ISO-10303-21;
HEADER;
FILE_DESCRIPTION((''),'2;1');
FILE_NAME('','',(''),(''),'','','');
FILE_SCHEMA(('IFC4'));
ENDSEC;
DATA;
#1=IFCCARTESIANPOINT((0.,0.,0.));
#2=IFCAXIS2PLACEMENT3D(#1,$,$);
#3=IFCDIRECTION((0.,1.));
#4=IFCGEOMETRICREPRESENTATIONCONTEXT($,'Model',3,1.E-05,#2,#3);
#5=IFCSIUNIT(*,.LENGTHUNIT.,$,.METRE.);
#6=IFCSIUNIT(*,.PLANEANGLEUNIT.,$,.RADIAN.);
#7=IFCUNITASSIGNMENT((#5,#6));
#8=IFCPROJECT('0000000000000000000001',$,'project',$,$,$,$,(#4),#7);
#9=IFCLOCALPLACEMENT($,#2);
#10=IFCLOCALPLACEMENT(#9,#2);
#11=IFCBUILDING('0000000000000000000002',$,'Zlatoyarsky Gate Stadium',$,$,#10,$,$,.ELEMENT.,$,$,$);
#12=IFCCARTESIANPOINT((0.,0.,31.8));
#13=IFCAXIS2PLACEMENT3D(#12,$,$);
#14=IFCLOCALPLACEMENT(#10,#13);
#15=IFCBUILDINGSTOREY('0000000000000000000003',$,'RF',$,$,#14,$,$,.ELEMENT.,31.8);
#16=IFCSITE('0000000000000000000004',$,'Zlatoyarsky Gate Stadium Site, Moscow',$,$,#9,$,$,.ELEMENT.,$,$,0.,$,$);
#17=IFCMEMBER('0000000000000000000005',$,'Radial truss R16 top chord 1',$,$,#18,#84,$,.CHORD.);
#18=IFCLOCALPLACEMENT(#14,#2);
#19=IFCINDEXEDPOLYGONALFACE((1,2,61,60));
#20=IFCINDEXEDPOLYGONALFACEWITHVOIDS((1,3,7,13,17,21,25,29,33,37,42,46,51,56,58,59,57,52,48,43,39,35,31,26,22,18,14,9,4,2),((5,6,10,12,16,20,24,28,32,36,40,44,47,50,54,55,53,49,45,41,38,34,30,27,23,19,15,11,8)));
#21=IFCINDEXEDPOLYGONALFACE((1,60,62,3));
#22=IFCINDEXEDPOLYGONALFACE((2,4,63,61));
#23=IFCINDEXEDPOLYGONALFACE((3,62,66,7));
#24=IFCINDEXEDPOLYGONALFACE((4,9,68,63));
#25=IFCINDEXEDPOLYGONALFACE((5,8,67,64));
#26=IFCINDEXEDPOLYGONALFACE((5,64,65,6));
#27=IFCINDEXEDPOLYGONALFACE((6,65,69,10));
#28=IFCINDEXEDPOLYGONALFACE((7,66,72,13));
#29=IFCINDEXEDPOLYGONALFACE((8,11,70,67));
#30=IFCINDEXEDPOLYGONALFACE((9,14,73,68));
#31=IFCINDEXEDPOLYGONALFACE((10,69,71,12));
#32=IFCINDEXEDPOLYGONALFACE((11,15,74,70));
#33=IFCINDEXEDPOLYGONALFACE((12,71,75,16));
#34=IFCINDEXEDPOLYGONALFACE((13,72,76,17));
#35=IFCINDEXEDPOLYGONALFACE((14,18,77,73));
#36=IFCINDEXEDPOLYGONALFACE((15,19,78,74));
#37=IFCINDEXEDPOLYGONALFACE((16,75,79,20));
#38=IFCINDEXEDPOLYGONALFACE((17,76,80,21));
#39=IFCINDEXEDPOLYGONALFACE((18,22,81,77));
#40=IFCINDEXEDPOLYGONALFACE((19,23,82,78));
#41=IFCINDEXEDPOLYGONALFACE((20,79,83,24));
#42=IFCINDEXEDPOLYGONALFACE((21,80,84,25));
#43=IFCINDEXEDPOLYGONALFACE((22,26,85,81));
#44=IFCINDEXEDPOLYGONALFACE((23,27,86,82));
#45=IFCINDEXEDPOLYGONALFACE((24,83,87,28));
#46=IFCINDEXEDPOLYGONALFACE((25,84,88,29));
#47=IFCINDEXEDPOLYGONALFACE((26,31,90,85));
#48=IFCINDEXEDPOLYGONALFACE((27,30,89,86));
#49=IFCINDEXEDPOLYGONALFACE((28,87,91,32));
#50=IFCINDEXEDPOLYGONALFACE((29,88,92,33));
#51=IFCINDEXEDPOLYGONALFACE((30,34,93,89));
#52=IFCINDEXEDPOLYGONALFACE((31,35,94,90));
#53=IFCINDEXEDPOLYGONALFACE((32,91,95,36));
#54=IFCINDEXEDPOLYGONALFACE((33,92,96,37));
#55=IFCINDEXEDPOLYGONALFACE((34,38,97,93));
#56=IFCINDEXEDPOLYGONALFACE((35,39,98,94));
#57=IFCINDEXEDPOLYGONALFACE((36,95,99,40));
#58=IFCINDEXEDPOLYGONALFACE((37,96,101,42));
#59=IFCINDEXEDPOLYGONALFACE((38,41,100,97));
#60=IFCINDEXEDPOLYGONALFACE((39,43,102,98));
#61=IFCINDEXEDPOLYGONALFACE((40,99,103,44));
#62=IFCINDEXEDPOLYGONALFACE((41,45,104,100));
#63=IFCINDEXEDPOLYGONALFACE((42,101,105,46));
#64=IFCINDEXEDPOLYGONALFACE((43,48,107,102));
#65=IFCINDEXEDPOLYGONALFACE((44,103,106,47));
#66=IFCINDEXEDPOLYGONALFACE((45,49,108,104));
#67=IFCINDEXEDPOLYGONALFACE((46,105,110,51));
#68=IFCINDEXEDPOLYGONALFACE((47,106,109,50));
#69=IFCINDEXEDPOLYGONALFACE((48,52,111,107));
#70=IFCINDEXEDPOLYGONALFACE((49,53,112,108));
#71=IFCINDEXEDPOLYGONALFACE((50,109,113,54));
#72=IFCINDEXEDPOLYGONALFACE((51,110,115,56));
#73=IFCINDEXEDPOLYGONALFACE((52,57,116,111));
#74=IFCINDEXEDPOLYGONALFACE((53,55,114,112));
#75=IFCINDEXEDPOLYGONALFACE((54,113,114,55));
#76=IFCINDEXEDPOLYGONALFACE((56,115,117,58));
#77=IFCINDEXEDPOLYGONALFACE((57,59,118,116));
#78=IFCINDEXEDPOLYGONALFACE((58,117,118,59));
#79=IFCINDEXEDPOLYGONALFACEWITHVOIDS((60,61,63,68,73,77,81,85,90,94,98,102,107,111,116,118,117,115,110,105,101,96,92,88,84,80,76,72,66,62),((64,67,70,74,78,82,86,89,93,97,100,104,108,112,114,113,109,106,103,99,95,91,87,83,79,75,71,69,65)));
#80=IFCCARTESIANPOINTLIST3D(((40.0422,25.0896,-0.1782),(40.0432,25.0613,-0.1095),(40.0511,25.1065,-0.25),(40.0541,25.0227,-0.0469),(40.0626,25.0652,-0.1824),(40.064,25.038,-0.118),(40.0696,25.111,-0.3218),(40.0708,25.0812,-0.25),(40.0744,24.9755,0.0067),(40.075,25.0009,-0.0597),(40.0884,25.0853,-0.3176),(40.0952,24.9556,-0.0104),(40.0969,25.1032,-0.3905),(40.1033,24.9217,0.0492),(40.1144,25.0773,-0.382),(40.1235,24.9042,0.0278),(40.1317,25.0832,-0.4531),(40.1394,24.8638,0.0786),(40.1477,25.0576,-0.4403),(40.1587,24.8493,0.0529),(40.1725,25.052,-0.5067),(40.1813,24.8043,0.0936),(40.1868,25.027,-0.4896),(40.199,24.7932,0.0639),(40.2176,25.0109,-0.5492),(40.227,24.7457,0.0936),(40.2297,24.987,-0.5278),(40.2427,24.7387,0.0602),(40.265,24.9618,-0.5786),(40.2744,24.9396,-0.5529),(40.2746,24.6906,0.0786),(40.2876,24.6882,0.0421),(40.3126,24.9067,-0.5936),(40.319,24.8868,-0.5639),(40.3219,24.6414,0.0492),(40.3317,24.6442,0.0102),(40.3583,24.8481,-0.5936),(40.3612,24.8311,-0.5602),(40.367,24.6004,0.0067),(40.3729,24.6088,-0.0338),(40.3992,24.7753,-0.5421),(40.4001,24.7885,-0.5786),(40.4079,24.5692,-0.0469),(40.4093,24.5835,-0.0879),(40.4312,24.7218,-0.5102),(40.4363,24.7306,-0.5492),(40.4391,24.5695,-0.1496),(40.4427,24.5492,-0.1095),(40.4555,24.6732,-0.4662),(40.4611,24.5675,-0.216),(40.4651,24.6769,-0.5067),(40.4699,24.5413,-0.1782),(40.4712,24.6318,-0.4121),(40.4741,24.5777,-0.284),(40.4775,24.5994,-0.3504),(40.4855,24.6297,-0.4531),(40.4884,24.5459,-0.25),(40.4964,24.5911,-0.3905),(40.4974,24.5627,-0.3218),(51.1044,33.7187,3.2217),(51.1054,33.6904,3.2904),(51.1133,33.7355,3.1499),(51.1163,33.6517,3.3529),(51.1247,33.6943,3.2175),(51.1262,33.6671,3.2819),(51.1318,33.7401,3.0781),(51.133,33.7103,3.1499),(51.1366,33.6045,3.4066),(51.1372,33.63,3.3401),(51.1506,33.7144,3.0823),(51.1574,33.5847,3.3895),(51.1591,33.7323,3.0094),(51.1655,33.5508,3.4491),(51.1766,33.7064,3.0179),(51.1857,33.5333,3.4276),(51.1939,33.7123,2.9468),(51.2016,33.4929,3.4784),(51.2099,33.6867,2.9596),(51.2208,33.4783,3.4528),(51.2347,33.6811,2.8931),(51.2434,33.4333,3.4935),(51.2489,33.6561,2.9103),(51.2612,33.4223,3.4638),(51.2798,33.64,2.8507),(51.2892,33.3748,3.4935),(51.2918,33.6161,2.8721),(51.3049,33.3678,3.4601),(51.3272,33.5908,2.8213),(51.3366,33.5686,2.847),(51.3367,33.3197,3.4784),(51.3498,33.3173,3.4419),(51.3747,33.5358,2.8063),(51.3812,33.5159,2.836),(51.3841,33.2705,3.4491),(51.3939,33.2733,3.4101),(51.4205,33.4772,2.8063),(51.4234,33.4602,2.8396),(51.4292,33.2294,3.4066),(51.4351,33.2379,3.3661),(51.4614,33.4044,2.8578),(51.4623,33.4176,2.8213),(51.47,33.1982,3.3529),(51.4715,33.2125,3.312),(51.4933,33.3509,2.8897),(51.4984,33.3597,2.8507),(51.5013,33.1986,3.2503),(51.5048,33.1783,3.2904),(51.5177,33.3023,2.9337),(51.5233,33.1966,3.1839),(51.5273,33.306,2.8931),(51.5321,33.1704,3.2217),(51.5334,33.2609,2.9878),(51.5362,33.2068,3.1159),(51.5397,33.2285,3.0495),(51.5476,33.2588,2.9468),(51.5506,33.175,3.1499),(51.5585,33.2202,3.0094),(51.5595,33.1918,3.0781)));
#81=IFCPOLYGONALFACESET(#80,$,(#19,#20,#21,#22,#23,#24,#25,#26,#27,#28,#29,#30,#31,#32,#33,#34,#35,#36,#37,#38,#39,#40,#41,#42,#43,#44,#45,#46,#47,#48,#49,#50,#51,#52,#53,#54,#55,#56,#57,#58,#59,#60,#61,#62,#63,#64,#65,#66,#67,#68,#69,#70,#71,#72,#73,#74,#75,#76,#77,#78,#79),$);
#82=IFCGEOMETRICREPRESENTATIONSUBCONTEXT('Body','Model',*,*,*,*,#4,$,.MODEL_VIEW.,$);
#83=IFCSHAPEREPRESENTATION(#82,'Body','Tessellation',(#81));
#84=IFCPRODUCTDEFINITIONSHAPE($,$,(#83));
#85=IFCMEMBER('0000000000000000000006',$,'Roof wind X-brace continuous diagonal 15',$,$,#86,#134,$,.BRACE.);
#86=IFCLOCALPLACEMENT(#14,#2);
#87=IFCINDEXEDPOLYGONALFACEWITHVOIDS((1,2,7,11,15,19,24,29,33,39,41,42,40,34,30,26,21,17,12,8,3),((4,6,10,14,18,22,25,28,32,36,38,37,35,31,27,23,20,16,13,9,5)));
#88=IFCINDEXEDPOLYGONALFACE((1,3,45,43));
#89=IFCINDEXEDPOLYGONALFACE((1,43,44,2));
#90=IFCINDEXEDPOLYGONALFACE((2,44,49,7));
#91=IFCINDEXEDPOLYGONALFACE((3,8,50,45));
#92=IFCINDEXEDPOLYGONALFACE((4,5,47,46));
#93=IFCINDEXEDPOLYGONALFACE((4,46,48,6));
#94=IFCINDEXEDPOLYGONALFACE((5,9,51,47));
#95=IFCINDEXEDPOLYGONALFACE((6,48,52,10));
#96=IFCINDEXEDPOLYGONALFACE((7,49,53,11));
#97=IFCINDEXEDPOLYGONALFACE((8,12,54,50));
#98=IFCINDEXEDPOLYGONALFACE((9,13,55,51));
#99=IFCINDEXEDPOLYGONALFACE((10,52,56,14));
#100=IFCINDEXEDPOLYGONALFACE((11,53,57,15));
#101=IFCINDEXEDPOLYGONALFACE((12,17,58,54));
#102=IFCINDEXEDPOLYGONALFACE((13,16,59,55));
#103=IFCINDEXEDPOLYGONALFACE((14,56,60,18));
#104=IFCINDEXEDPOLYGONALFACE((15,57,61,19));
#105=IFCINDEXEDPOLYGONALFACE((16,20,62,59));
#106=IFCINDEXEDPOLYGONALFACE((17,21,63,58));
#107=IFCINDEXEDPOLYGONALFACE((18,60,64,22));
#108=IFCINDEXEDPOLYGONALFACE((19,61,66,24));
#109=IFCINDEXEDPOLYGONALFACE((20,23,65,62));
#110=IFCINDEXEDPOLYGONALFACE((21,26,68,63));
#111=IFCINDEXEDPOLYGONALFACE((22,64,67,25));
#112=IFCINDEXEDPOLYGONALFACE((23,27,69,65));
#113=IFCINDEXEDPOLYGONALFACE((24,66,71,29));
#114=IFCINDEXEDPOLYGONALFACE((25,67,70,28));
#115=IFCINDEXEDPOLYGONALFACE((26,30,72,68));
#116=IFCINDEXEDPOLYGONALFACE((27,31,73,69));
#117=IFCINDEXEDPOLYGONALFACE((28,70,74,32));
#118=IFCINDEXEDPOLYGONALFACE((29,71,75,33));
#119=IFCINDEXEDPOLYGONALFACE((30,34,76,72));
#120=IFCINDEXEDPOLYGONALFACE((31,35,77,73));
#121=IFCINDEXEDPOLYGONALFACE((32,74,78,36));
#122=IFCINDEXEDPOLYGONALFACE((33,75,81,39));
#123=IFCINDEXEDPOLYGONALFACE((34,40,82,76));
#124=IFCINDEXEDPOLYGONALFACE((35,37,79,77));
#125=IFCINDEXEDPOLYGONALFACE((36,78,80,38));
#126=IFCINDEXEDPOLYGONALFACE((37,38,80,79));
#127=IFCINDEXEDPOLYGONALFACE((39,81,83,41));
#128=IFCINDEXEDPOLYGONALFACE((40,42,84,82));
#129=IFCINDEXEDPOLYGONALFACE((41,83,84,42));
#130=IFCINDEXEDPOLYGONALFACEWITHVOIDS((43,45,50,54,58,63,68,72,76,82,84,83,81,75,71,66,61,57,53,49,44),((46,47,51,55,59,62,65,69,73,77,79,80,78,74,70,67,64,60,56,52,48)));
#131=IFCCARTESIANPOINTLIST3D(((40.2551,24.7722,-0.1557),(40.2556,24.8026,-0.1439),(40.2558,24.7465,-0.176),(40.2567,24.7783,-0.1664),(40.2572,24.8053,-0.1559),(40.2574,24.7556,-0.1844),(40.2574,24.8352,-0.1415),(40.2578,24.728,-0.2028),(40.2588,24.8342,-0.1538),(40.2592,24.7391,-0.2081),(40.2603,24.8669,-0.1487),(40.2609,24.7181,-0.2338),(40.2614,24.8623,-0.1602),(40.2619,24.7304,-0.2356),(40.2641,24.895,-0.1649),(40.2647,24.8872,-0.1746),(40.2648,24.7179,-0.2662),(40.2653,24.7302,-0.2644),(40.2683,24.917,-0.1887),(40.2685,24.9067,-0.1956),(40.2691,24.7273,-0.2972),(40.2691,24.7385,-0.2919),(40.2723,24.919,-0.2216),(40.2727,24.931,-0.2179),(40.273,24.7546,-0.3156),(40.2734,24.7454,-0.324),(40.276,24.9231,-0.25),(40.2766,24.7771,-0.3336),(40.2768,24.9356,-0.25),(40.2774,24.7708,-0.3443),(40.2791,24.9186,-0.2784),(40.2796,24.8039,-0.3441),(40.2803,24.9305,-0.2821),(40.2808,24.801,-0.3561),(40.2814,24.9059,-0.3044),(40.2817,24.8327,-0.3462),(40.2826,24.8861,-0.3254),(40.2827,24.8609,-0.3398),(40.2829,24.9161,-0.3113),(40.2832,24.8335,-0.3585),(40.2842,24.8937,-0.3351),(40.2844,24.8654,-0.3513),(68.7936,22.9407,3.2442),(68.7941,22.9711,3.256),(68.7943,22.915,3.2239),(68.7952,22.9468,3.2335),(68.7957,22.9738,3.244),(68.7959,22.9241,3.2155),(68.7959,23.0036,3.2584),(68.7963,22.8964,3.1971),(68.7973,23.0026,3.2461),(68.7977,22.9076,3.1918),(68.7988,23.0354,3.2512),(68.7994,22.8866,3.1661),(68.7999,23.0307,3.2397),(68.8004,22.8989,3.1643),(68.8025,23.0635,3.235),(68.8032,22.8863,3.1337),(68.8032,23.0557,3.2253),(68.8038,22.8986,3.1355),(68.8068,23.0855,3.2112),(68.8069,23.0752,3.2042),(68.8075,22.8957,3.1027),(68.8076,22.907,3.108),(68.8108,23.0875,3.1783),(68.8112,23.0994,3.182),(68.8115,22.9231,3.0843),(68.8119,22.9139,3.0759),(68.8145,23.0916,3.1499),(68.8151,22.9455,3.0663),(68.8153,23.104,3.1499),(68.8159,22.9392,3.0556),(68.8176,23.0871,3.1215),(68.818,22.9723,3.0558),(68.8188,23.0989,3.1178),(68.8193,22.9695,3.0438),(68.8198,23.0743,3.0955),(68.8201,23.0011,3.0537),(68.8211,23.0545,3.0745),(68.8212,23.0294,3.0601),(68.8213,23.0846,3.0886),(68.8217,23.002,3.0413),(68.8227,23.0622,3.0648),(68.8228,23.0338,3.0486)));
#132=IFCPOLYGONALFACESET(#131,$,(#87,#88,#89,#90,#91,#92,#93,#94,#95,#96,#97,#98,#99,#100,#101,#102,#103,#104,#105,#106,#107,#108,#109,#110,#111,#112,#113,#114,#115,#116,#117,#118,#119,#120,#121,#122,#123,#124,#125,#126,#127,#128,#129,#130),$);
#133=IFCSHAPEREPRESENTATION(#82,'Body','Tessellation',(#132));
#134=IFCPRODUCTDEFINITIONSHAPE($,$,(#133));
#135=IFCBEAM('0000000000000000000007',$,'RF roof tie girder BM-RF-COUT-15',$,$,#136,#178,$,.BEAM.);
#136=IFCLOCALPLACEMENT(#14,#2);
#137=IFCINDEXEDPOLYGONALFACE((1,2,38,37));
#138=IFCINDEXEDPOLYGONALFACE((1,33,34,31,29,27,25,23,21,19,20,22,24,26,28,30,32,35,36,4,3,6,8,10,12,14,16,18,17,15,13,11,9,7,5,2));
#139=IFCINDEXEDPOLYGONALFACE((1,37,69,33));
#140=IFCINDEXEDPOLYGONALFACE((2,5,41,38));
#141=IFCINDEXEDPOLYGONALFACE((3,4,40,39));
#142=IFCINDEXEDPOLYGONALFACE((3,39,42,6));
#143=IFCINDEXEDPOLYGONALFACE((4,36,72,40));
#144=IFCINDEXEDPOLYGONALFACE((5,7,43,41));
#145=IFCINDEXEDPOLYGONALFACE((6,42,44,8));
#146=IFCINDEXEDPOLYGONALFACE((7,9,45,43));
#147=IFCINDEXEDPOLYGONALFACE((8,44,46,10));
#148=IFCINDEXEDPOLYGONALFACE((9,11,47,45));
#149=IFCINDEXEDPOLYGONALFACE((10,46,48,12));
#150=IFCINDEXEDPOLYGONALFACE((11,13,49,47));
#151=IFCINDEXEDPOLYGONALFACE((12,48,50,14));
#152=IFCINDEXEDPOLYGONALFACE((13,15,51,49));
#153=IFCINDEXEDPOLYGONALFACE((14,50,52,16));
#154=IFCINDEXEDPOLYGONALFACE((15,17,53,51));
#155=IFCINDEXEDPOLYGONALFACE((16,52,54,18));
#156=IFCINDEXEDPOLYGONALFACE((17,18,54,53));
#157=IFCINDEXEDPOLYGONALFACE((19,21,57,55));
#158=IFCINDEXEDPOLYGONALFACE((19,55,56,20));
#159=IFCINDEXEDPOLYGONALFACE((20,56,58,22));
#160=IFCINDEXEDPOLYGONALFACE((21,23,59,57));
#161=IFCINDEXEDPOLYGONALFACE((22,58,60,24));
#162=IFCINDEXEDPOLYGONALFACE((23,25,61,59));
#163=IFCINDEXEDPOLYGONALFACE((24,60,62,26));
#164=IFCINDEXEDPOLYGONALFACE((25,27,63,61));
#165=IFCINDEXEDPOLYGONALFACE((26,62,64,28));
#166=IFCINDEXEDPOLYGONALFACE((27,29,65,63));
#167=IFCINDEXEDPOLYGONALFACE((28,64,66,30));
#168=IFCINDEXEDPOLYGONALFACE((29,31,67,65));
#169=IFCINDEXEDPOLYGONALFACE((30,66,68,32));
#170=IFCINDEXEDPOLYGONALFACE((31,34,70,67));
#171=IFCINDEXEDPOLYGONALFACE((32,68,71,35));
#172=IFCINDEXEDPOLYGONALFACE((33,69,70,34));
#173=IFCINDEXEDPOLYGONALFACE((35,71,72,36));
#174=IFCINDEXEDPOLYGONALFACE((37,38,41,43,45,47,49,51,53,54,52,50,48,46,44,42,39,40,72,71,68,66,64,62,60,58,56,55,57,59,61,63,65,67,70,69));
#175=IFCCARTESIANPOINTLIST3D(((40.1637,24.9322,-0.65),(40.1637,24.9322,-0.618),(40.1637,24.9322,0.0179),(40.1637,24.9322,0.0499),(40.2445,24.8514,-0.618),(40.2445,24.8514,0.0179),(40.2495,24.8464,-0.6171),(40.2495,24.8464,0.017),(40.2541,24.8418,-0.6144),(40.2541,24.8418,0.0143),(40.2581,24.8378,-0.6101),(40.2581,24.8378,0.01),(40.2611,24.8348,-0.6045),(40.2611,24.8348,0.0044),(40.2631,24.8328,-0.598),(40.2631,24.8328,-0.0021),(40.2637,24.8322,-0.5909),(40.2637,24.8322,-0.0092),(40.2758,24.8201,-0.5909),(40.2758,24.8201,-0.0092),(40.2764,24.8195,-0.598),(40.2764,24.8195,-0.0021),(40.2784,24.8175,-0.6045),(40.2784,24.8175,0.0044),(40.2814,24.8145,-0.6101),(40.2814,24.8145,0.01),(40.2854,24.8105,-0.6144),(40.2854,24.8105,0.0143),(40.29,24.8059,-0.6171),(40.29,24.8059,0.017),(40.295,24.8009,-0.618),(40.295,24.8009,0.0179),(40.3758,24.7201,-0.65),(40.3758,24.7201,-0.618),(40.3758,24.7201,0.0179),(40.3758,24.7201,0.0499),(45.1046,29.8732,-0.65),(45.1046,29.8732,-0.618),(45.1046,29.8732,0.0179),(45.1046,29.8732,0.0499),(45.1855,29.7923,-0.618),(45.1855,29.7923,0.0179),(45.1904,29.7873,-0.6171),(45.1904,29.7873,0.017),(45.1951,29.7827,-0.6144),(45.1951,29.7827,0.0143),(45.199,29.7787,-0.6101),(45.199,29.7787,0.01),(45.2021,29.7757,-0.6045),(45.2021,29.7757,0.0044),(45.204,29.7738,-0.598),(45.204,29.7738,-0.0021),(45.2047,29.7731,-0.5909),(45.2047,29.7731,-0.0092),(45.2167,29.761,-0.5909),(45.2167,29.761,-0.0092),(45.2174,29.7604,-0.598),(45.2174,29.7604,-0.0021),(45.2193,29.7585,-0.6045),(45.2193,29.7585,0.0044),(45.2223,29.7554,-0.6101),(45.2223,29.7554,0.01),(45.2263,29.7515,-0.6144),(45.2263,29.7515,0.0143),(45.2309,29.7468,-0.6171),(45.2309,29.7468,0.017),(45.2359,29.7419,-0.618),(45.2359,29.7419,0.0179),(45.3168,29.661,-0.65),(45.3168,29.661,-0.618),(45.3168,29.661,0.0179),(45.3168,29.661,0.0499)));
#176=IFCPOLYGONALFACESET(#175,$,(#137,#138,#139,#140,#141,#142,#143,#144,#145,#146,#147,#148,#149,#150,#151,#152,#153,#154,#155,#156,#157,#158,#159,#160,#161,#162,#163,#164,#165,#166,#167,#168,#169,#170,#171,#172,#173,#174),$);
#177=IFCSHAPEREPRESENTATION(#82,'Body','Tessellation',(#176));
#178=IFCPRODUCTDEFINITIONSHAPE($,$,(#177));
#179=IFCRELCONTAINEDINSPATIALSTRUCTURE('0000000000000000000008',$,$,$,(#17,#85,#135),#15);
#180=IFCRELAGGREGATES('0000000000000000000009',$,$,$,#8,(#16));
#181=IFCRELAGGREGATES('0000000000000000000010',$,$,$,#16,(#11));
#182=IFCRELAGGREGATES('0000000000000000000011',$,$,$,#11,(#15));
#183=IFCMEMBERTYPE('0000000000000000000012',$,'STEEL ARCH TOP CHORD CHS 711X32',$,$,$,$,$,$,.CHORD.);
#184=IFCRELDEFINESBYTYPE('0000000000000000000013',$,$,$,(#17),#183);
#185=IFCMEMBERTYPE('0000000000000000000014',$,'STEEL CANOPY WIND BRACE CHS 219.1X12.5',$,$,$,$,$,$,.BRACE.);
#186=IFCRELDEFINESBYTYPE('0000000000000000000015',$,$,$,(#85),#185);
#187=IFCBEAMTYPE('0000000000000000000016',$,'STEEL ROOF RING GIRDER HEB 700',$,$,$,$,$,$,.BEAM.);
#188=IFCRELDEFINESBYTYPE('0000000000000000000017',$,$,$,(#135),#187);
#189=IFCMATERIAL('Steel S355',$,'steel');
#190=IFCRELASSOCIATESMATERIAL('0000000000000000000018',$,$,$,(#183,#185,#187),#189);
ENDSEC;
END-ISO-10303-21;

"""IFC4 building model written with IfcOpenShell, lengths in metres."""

from ifc_helpers import new_model, si_unit, direction, frame, origin, origin_2d, place, context, subcontext, project, spatial, hollow_circle, i_section, extrude, material, material_profile, profile_set, type_object, element, save


model = new_model("IFC4")

# Units and contexts
model_context = context("Model", 3, precision=1e-05, world=origin(), true_north=direction((0.0, 1.0)))
body_context = subcontext(model_context, "Body", "Model", "MODEL_VIEW")
ifc_project = project(units=[si_unit("LENGTHUNIT", "METRE"), si_unit("PLANEANGLEUNIT", "RADIAN")], contexts=[model_context])

# Site, building, storey
site_placement = place(None, origin())
site = spatial("IfcSite", under=ifc_project, at=site_placement, Name="Zlatoyarsky Gate Stadium Site, Moscow", CompositionType="ELEMENT", RefElevation=0.0)
building_placement = place(site_placement, origin())
building = spatial("IfcBuilding", under=site, at=building_placement, Name="Zlatoyarsky Gate Stadium", CompositionType="ELEMENT")
storey_placement = place(building_placement, frame((0.0, 0.0, 31.8)))
storey = spatial("IfcBuildingStorey", under=building, at=storey_placement, Name="RF", CompositionType="ELEMENT", Elevation=31.8)

# Members
ifc_material_1 = material(Name="Steel S355", Category="steel")
ifc_material_profile_1 = material_profile(ifc_material_1, hollow_circle(Radius=0.3555, WallThickness=0.032, at=origin_2d()), Name="CHS 711X32")
ifc_profile_set_1 = profile_set([ifc_material_profile_1], Name="Steel S355")
member_type_1 = type_object("IfcMemberType", Name="STEEL ARCH TOP CHORD CHS 711X32", PredefinedType="CHORD", material=ifc_profile_set_1)
member_1_placement = place(storey_placement, frame((40.2698, 24.8262, -0.25), z_axis=(0.766302, 0.597757, 0.235517), x_axis=(-0.615058, 0.788482, 0.0)))
element("IfcMember", 1, at=member_1_placement, inside=storey, type_object=member_type_1, Name="Radial truss R16 top chord 1", PredefinedType="CHORD", context=body_context, shape_type="SweptSolid", body=[
    extrude(hollow_circle(Radius=0.3555, WallThickness=0.032, at=origin_2d()), origin(), (0.0, 0.0, 1.0), 14.4358),
])
ifc_material_profile_2 = material_profile(ifc_material_1, hollow_circle(Radius=0.1096, WallThickness=0.0125, at=origin_2d()), Name="CHS 219.1X12.5")
ifc_profile_set_2 = profile_set([ifc_material_profile_2], Name="Steel S355")
member_type_2 = type_object("IfcMemberType", Name="STEEL CANOPY WIND BRACE CHS 219.1X12.5", PredefinedType="BRACE", material=ifc_profile_set_2)
member_2_placement = place(storey_placement, frame((40.2698, 24.8262, -0.25), z_axis=(0.990968, -0.063598, 0.118058), x_axis=(0.064046, 0.997947, 0.0)))
element("IfcMember", 2, at=member_2_placement, inside=storey, type_object=member_type_2, Name="Roof wind X-brace continuous diagonal 15", PredefinedType="BRACE", context=body_context, shape_type="SweptSolid", body=[
    extrude(hollow_circle(Radius=0.1096, WallThickness=0.0125, at=origin_2d()), origin(), (0.0, 0.0, 1.0), 28.7986),
])

# Beam
ifc_material_profile_3 = material_profile(ifc_material_1, i_section(OverallWidth=0.3, OverallDepth=0.7, WebThickness=0.0171, FlangeThickness=0.032, FilletRadius=0.0271, at=origin_2d()), Name="HEB 700")
ifc_profile_set_3 = profile_set([ifc_material_profile_3], Name="Steel S355")
beam_type = type_object("IfcBeamType", Name="STEEL ROOF RING GIRDER HEB 700", PredefinedType="BEAM", material=ifc_profile_set_3)
beam_1_placement = place(storey_placement, frame((45.2107, 29.7671, -0.3), z_axis=(-0.707107, -0.707107, 0.0), x_axis=(0.707107, -0.707107, 0.0)))
element("IfcBeam", 3, at=beam_1_placement, inside=storey, type_object=beam_type, Name="RF roof tie girder BM-RF-COUT-15", PredefinedType="BEAM", context=body_context, shape_type="SweptSolid", body=[
    extrude(i_section(OverallWidth=0.3, OverallDepth=0.7, WebThickness=0.0171, FlangeThickness=0.032, FilletRadius=0.0271, at=origin_2d()), origin(), (0.0, 0.0, 1.0), 6.9875),
])

save(model, "model.ifc")
